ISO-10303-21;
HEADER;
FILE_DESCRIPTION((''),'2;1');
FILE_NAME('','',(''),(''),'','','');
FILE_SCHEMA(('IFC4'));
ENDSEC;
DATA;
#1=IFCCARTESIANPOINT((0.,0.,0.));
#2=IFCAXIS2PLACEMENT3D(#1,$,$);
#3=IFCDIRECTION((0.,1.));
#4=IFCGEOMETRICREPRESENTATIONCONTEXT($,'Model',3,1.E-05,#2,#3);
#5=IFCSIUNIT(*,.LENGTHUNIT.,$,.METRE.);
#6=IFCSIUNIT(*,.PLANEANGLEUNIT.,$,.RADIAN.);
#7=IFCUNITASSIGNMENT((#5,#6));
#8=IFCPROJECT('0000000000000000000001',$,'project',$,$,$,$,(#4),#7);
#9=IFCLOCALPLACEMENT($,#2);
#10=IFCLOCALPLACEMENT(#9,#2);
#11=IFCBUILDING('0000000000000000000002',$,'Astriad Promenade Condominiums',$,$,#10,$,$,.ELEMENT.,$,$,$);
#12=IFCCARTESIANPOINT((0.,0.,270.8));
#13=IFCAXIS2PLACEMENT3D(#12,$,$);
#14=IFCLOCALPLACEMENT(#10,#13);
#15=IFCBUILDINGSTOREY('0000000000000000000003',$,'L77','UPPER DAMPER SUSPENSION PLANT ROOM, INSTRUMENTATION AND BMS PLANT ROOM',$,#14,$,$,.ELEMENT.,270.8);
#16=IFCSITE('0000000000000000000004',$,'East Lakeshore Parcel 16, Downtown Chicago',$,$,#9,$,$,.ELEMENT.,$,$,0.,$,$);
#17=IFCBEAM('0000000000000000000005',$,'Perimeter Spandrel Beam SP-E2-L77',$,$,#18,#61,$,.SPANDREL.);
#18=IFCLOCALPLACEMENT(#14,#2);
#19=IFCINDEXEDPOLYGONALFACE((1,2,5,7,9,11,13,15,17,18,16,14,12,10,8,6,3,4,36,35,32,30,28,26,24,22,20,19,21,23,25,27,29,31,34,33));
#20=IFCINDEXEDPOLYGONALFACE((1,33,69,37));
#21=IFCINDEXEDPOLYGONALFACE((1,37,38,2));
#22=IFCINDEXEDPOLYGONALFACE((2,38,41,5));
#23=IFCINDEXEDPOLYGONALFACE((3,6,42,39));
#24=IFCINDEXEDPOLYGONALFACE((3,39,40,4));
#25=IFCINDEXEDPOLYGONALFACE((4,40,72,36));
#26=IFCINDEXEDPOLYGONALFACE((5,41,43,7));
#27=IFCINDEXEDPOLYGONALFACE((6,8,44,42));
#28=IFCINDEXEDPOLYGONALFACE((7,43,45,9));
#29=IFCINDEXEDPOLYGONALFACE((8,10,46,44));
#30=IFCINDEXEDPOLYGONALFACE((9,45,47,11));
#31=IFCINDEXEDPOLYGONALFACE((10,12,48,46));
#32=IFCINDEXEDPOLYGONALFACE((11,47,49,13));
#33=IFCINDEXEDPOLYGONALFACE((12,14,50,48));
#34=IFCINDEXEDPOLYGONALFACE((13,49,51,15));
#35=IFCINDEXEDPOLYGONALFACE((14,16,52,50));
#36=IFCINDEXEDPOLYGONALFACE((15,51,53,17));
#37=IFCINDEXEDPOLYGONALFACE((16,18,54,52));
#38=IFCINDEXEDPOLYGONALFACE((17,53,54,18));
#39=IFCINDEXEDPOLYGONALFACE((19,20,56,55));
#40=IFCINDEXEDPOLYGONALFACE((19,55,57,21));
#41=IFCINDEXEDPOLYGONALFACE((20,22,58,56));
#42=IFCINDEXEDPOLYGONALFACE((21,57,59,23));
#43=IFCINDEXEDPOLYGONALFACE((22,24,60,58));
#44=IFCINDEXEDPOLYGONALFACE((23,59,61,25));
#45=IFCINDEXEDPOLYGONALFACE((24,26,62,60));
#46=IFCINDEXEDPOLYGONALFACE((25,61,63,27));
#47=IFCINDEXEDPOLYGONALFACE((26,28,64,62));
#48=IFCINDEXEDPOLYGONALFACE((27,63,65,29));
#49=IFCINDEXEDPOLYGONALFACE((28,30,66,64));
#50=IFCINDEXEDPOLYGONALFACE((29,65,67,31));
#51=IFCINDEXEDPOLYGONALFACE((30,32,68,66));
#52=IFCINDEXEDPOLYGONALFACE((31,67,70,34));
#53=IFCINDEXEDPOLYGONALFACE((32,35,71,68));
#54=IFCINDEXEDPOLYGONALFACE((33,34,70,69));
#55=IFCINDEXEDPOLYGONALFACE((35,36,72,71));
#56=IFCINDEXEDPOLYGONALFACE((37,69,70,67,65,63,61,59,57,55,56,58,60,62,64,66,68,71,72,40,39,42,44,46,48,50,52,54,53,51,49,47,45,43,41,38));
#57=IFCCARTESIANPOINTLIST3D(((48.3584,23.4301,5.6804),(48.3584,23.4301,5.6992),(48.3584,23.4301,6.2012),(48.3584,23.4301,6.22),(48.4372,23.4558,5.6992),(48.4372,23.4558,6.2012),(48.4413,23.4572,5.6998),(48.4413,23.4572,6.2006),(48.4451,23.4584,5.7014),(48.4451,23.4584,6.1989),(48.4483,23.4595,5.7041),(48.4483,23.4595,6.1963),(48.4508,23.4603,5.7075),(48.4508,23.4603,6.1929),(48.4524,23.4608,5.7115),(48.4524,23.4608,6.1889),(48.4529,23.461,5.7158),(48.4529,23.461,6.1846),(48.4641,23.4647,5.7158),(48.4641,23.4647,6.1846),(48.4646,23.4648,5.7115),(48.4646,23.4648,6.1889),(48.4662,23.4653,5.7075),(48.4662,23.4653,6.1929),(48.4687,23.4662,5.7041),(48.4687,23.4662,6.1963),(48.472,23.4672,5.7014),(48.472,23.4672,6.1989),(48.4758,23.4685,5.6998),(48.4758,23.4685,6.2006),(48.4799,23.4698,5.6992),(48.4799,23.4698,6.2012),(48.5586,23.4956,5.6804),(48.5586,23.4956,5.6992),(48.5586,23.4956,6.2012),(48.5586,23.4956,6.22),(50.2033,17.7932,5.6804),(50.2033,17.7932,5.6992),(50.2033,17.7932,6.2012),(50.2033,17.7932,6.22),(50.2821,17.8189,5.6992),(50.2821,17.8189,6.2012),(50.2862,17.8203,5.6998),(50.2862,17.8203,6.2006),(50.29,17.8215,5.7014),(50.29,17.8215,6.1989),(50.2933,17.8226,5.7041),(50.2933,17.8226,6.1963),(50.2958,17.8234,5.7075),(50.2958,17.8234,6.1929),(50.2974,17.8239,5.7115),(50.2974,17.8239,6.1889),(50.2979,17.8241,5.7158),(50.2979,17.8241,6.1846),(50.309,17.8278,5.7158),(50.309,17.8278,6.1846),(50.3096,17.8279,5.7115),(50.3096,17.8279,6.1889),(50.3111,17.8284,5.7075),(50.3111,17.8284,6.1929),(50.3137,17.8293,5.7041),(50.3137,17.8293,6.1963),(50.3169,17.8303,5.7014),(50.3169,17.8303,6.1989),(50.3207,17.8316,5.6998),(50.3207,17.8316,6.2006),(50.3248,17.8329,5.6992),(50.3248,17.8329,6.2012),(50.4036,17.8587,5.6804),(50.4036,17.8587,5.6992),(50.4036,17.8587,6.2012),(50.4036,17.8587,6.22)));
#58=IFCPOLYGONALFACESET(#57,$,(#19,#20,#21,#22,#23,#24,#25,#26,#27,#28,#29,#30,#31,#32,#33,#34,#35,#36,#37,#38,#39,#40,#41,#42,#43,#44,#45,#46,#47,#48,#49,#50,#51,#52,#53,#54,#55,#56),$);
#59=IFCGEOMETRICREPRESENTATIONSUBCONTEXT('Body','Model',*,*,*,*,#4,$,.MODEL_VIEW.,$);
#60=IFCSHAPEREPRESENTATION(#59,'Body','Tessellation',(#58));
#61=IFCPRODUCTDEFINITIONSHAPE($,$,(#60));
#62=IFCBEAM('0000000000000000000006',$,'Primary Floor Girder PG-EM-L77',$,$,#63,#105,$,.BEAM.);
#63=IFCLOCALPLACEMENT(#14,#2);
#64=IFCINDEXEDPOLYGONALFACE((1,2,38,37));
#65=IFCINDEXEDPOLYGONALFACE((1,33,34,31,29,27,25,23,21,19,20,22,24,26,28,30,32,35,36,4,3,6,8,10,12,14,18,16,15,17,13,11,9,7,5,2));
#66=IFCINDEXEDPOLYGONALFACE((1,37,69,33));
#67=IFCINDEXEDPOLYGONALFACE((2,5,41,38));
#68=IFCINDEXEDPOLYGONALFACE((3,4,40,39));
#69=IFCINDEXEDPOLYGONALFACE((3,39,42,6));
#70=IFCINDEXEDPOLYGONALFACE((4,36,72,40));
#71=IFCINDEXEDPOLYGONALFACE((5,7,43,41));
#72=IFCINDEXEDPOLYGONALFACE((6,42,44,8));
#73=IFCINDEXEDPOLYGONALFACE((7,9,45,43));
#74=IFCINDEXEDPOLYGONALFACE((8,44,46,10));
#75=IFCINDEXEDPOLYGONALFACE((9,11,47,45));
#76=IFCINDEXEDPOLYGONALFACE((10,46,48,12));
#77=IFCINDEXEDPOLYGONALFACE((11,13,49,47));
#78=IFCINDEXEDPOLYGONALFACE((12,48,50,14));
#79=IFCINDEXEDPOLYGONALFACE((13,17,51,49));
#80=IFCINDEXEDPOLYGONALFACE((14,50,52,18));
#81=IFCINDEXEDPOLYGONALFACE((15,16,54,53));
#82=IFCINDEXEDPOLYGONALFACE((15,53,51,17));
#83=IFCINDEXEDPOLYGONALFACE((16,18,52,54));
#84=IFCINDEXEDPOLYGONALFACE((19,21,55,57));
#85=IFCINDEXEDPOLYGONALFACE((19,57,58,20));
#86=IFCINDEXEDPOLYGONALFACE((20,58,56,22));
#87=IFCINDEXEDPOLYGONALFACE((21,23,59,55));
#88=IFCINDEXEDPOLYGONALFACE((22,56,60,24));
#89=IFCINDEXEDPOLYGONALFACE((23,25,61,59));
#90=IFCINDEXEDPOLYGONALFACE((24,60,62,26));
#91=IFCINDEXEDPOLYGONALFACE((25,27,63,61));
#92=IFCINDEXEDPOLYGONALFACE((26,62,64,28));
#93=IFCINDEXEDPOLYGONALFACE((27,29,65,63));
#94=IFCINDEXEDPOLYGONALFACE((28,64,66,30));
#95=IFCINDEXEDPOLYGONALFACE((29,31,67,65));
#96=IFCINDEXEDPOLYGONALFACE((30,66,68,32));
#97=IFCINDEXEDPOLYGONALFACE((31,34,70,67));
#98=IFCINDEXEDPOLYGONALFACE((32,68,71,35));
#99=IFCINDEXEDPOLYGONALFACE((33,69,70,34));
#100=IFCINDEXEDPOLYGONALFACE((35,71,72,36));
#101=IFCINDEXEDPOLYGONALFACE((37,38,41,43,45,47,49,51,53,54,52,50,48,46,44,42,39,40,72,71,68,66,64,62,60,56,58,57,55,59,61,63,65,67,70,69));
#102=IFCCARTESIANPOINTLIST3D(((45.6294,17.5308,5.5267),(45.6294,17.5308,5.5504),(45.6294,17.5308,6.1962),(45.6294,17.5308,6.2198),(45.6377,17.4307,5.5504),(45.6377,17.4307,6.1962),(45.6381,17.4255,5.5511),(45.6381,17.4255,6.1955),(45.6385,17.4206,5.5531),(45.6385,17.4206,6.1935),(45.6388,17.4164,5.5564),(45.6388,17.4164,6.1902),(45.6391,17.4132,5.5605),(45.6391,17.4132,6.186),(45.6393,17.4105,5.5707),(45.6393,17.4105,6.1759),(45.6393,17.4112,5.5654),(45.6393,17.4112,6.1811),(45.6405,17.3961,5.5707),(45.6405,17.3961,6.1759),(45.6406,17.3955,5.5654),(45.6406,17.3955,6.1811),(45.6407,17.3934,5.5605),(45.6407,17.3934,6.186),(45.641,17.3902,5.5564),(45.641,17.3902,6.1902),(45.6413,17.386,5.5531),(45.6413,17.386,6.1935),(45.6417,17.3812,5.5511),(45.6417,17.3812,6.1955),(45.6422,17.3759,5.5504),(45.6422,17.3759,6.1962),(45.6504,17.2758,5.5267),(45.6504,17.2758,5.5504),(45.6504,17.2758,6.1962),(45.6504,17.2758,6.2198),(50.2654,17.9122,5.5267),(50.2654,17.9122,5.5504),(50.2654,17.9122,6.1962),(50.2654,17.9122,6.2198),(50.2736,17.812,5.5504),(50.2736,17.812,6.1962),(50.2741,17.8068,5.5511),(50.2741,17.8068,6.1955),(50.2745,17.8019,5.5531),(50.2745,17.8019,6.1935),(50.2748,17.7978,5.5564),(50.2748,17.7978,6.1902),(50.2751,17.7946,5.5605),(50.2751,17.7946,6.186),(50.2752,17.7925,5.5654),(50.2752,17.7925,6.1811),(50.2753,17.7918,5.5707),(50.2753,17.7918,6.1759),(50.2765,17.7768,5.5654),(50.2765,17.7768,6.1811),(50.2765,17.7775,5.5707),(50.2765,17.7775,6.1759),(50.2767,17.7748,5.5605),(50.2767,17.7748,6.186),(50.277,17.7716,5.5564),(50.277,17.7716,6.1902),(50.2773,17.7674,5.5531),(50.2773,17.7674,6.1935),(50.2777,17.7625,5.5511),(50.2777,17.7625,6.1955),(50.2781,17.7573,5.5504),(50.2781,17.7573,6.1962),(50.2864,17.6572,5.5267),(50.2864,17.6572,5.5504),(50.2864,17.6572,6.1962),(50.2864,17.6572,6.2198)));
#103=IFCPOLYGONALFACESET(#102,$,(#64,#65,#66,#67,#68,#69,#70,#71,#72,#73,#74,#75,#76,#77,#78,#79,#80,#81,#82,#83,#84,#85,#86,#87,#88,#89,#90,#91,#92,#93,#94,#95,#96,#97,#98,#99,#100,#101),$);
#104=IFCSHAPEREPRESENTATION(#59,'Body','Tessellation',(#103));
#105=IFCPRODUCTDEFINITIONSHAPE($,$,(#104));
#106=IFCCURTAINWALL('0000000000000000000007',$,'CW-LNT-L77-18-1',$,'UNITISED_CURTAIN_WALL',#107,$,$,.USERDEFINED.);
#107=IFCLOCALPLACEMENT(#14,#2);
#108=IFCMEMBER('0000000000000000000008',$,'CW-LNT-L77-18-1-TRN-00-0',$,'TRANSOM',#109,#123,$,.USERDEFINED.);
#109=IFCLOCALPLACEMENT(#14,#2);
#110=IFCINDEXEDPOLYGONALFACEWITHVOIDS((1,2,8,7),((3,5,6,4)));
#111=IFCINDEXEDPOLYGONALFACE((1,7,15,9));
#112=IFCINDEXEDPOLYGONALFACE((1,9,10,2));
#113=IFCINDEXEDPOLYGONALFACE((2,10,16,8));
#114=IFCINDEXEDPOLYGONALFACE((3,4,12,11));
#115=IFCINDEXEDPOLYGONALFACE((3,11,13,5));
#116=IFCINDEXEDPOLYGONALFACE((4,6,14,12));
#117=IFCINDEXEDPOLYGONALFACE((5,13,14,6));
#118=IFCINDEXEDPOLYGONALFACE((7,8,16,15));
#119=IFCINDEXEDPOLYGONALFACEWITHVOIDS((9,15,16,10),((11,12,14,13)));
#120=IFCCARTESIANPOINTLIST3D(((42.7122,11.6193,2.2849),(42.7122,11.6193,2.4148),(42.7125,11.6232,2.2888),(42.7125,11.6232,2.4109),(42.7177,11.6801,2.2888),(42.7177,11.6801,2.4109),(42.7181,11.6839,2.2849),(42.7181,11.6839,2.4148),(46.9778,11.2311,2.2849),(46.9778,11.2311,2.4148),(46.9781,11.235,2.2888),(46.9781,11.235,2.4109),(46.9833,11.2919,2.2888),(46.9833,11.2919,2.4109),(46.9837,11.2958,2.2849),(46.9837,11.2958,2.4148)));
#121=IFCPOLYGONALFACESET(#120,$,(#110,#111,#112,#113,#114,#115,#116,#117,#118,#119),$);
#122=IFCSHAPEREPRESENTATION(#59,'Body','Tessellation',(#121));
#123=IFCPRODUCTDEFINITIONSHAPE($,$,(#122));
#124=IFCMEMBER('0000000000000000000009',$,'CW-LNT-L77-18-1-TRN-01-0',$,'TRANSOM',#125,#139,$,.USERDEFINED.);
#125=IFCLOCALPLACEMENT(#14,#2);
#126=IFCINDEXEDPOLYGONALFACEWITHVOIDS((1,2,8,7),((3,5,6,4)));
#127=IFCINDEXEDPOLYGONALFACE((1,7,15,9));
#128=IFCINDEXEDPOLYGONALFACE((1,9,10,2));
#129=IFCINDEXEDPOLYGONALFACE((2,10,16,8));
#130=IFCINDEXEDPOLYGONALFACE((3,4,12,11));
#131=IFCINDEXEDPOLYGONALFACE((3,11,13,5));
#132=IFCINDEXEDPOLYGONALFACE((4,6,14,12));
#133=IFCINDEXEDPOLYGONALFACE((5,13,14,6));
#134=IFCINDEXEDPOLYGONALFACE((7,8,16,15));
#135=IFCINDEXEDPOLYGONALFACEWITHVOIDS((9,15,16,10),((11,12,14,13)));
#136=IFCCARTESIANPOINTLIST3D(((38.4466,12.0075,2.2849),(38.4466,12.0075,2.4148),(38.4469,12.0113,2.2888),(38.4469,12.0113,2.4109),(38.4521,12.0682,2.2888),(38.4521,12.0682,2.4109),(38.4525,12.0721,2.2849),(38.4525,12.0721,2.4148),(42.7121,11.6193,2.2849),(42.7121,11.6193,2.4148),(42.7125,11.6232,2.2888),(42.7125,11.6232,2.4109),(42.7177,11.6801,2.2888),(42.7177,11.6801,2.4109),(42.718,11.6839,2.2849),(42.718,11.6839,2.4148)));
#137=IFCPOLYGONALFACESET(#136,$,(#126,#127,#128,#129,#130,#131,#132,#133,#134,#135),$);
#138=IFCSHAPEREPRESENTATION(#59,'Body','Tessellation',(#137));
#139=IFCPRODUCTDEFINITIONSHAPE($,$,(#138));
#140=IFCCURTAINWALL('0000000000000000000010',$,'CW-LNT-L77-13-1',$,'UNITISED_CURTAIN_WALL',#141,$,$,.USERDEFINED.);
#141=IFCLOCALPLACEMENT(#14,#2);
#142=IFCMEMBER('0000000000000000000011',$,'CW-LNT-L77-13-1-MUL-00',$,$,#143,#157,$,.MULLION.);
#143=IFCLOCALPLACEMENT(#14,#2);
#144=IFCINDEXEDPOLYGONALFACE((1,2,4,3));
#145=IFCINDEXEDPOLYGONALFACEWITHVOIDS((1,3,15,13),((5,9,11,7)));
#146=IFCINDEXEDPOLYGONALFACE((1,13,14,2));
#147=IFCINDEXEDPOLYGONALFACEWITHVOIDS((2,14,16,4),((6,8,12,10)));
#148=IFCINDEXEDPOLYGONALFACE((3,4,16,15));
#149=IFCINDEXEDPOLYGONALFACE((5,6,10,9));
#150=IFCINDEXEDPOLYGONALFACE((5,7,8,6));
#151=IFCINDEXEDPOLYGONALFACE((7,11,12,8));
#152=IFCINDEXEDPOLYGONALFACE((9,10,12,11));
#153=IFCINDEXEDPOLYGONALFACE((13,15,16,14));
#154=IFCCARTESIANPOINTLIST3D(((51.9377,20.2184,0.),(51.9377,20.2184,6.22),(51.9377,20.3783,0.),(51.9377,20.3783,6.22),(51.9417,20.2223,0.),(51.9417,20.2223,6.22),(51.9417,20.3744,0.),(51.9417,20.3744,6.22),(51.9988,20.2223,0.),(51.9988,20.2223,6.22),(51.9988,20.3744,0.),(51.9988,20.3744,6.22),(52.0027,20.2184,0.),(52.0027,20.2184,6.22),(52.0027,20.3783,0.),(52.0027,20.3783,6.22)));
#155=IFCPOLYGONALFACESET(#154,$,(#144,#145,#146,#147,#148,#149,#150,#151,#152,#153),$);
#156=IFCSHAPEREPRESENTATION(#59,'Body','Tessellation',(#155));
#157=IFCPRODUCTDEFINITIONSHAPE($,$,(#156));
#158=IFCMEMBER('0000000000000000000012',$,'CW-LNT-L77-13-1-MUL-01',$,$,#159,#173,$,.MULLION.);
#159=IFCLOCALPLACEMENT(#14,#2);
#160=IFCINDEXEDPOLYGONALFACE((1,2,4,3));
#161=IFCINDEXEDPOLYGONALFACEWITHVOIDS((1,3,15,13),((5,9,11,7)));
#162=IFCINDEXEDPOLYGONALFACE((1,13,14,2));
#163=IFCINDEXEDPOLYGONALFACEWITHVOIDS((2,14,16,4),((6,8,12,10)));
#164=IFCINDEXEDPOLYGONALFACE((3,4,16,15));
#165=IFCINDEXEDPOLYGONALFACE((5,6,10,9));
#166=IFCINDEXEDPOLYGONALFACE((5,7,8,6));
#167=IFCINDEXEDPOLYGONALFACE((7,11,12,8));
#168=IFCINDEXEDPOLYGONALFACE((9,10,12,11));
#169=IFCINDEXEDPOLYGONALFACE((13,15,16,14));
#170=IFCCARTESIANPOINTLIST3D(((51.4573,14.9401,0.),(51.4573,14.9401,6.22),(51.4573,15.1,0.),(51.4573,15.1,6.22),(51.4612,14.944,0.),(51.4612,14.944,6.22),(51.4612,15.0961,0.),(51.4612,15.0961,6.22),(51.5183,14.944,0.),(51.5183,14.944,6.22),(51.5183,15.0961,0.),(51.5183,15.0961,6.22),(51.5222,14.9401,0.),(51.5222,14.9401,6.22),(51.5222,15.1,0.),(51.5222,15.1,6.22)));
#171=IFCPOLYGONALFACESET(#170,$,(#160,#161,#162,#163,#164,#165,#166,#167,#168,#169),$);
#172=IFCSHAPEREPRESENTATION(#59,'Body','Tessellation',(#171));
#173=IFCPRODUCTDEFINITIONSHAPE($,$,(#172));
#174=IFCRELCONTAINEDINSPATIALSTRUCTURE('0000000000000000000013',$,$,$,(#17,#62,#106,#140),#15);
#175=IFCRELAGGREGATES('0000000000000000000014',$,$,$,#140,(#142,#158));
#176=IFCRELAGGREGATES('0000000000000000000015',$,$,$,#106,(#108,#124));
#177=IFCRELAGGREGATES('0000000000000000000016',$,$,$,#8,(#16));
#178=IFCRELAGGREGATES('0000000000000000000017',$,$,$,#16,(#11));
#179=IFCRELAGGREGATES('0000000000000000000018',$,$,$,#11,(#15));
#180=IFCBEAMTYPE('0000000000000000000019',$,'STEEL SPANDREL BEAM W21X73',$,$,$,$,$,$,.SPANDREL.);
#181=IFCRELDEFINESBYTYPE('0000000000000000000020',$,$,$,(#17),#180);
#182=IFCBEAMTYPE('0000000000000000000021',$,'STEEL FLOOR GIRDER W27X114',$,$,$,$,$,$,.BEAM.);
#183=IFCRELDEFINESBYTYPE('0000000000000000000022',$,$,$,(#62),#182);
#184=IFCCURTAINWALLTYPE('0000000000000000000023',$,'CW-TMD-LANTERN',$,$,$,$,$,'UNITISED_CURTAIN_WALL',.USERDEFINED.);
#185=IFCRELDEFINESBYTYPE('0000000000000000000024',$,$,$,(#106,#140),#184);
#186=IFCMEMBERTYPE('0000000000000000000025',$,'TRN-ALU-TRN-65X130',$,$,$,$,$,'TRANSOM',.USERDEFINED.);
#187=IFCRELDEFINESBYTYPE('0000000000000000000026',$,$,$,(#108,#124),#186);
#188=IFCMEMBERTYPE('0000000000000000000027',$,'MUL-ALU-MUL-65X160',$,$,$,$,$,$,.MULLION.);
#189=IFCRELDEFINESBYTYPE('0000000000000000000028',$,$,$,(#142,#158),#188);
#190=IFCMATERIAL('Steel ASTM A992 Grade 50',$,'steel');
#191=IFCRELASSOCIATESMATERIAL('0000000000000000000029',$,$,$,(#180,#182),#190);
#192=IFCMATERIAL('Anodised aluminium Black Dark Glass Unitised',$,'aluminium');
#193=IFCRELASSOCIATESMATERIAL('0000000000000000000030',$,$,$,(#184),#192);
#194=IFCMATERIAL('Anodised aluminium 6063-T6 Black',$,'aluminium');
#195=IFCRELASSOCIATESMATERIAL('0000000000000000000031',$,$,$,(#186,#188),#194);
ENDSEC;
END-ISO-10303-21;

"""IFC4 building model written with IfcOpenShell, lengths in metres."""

from ifc_helpers import new_model, si_unit, direction, frame, origin, origin_2d, place, context, subcontext, project, spatial, hollow_rectangle, i_section, extrude, source, transform, mapped, material, material_profile, profile_set, type_object, type_shapes, element, aggregate, save


model = new_model("IFC4")

# Units and contexts
model_context = context("Model", 3, precision=1e-05, world=origin(), true_north=direction((0.0, 1.0)))
body_context = subcontext(model_context, "Body", "Model", "MODEL_VIEW")
ifc_project = project(units=[si_unit("LENGTHUNIT", "METRE"), si_unit("PLANEANGLEUNIT", "RADIAN")], contexts=[model_context])

# Site, building, storey
site_placement = place(None, origin())
site = spatial("IfcSite", under=ifc_project, at=site_placement, Name="East Lakeshore Parcel 16, Downtown Chicago", CompositionType="ELEMENT", RefElevation=0.0)
building_placement = place(site_placement, origin())
building = spatial("IfcBuilding", under=site, at=building_placement, Name="Astriad Promenade Condominiums", CompositionType="ELEMENT")
storey_placement = place(building_placement, frame((0.0, 0.0, 270.8)))
storey = spatial("IfcBuildingStorey", under=building, at=storey_placement, Name="L77", Description="UPPER DAMPER SUSPENSION PLANT ROOM, INSTRUMENTATION AND BMS PLANT ROOM", CompositionType="ELEMENT", Elevation=270.8)

# Shared definitions
ifc_material_1 = material(Name="Steel ASTM A992 Grade 50", Category="steel")

# Beams
ifc_material_profile_1 = material_profile(ifc_material_1, i_section(OverallWidth=0.2107, OverallDepth=0.5396, WebThickness=0.0117, FlangeThickness=0.0188, FilletRadius=0.0166, at=origin_2d()), Name="W21X73")
ifc_profile_set_1 = profile_set([ifc_material_profile_1], Name="Steel ASTM A992 Grade 50")
beam_type_1 = type_object("IfcBeamType", Name="STEEL SPANDREL BEAM W21X73", PredefinedType="SPANDREL", material=ifc_profile_set_1)
shared_shape_1 = source(origin(), body_context, "Body", "SweptSolid", [
    extrude(i_section(OverallWidth=0.2107, OverallDepth=0.5396, WebThickness=0.0117, FlangeThickness=0.0188, FilletRadius=0.0166, at=origin_2d()), origin(), (0.0, 0.0, 1.0), 5.9312),
])
type_shapes(beam_type_1, [shared_shape_1])
for number, where, z_axis, x_axis, name in (
    (1, (50.3035, 17.8259, 5.9502), (-0.311061, 0.95039, 0.0), (-0.95039, -0.311061, 0.0), "Perimeter Spandrel Beam SP-E2-L77"),
):
    element("IfcBeam", number, at=place(storey_placement, frame(where, z_axis=z_axis, x_axis=x_axis)), inside=storey, type_object=beam_type_1, Name=name, PredefinedType="SPANDREL", context=body_context, shape_type="MappedRepresentation", body=[
        mapped(shared_shape_1, transform((0.0, 0.0, 0.0), scale=1.0)),
    ])
ifc_material_profile_2 = material_profile(ifc_material_1, i_section(OverallWidth=0.2559, OverallDepth=0.6931, WebThickness=0.0144, FlangeThickness=0.0237, FilletRadius=0.0203, at=origin_2d()), Name="W27X114")
ifc_profile_set_2 = profile_set([ifc_material_profile_2], Name="Steel ASTM A992 Grade 50")
beam_type_2 = type_object("IfcBeamType", Name="STEEL FLOOR GIRDER W27X114", PredefinedType="BEAM", material=ifc_profile_set_2)
shared_shape_2 = source(origin(), body_context, "Body", "SweptSolid", [
    extrude(i_section(OverallWidth=0.2559, OverallDepth=0.6931, WebThickness=0.0144, FlangeThickness=0.0237, FilletRadius=0.0203, at=origin_2d()), origin(), (0.0, 0.0, 1.0), 4.6516),
])
type_shapes(beam_type_2, [shared_shape_2])
beam_1_placement = place(storey_placement, frame((50.2759, 17.7847, 5.8733), z_axis=(-0.996634, -0.081981, 0.0), x_axis=(0.081981, -0.996634, 0.0)))
element("IfcBeam", 2, at=beam_1_placement, inside=storey, type_object=beam_type_2, Name="Primary Floor Girder PG-EM-L77", PredefinedType="BEAM", context=body_context, shape_type="MappedRepresentation", body=[
    mapped(shared_shape_2, transform((0.0, 0.0, 0.0), scale=1.0)),
])

# Curtain walls, members
ifc_material_2 = material(Name="Anodised aluminium Black Dark Glass Unitised", Category="aluminium")
curtain_wall_type = type_object("IfcCurtainWallType", Name="CW-TMD-LANTERN", ElementType="UNITISED_CURTAIN_WALL", PredefinedType="USERDEFINED", material=ifc_material_2)
curtain_wall_1_placement = place(storey_placement, origin())
curtain_wall_1 = element("IfcCurtainWall", 3, at=curtain_wall_1_placement, inside=storey, type_object=curtain_wall_type, Name="CW-LNT-L77-18-1", ObjectType="UNITISED_CURTAIN_WALL", PredefinedType="USERDEFINED")
ifc_material_3 = material(Name="Anodised aluminium 6063-T6 Black", Category="aluminium")
ifc_material_profile_3 = material_profile(ifc_material_3, hollow_rectangle(XDim=0.0649, YDim=0.1299, WallThickness=0.0039, at=origin_2d()), Name="ALU-TRN-65X130")
ifc_profile_set_3 = profile_set([ifc_material_profile_3], Name="Anodised aluminium 6063-T6 Black")
member_type_1 = type_object("IfcMemberType", Name="TRN-ALU-TRN-65X130", ElementType="TRANSOM", PredefinedType="USERDEFINED", material=ifc_profile_set_3)
shared_shape_3 = source(origin(), body_context, "Body", "SweptSolid", [
    extrude(hollow_rectangle(XDim=0.0649, YDim=0.1299, WallThickness=0.0039, at=origin_2d()), origin(), (0.0, 0.0, 1.0), 4.2832),
])
type_shapes(member_type_1, [shared_shape_3])
member_1_placement = place(storey_placement, frame((46.9807, 11.2634, 2.3499), z_axis=(-0.995885, 0.090628, 0.0), x_axis=(-0.090628, -0.995885, 0.0)))
member_1 = element("IfcMember", 4, at=member_1_placement, type_object=member_type_1, Name="CW-LNT-L77-18-1-TRN-00-0", ObjectType="TRANSOM", PredefinedType="USERDEFINED", context=body_context, shape_type="MappedRepresentation", body=[
    mapped(shared_shape_3, transform((0.0, 0.0, 0.0), scale=1.0)),
])
member_2_placement = place(storey_placement, frame((42.7151, 11.6516, 2.3499), z_axis=(-0.995885, 0.090628, 0.0), x_axis=(-0.090628, -0.995885, 0.0)))
member_2 = element("IfcMember", 5, at=member_2_placement, type_object=member_type_1, Name="CW-LNT-L77-18-1-TRN-01-0", ObjectType="TRANSOM", PredefinedType="USERDEFINED", context=body_context, shape_type="MappedRepresentation", body=[
    mapped(shared_shape_3, transform((0.0, 0.0, 0.0), scale=1.0)),
])
curtain_wall_2_placement = place(storey_placement, origin())
curtain_wall_2 = element("IfcCurtainWall", 6, at=curtain_wall_2_placement, inside=storey, type_object=curtain_wall_type, Name="CW-LNT-L77-13-1", ObjectType="UNITISED_CURTAIN_WALL", PredefinedType="USERDEFINED")
ifc_material_profile_4 = material_profile(ifc_material_3, hollow_rectangle(XDim=0.0649, YDim=0.1599, WallThickness=0.0039, at=origin_2d()), Name="ALU-MUL-65X160")
ifc_profile_set_4 = profile_set([ifc_material_profile_4], Name="Anodised aluminium 6063-T6 Black")
member_type_2 = type_object("IfcMemberType", Name="MUL-ALU-MUL-65X160", PredefinedType="MULLION", material=ifc_profile_set_4)
shared_shape_4 = source(origin(), body_context, "Body", "SweptSolid", [
    extrude(hollow_rectangle(XDim=0.0649, YDim=0.1599, WallThickness=0.0039, at=origin_2d()), origin(), (0.0, 0.0, 1.0), 6.22),
])
type_shapes(member_type_2, [shared_shape_4])
member_3_placement = place(storey_placement, frame((51.9702, 20.2983, 0.0), z_axis=(0.0, 0.0, 1.0), x_axis=(1.0, 0.0, 0.0)))
member_3 = element("IfcMember", 7, at=member_3_placement, type_object=member_type_2, Name="CW-LNT-L77-13-1-MUL-00", PredefinedType="MULLION", context=body_context, shape_type="MappedRepresentation", body=[
    mapped(shared_shape_4, transform((0.0, 0.0, 0.0), scale=1.0)),
])
member_4_placement = place(storey_placement, frame((51.4897, 15.02, 0.0), z_axis=(0.0, 0.0, 1.0), x_axis=(1.0, 0.0, 0.0)))
member_4 = element("IfcMember", 8, at=member_4_placement, type_object=member_type_2, Name="CW-LNT-L77-13-1-MUL-01", PredefinedType="MULLION", context=body_context, shape_type="MappedRepresentation", body=[
    mapped(shared_shape_4, transform((0.0, 0.0, 0.0), scale=1.0)),
])

aggregate(curtain_wall_2, [member_3, member_4])
aggregate(curtain_wall_1, [member_1, member_2])

save(model, "model.ifc")
